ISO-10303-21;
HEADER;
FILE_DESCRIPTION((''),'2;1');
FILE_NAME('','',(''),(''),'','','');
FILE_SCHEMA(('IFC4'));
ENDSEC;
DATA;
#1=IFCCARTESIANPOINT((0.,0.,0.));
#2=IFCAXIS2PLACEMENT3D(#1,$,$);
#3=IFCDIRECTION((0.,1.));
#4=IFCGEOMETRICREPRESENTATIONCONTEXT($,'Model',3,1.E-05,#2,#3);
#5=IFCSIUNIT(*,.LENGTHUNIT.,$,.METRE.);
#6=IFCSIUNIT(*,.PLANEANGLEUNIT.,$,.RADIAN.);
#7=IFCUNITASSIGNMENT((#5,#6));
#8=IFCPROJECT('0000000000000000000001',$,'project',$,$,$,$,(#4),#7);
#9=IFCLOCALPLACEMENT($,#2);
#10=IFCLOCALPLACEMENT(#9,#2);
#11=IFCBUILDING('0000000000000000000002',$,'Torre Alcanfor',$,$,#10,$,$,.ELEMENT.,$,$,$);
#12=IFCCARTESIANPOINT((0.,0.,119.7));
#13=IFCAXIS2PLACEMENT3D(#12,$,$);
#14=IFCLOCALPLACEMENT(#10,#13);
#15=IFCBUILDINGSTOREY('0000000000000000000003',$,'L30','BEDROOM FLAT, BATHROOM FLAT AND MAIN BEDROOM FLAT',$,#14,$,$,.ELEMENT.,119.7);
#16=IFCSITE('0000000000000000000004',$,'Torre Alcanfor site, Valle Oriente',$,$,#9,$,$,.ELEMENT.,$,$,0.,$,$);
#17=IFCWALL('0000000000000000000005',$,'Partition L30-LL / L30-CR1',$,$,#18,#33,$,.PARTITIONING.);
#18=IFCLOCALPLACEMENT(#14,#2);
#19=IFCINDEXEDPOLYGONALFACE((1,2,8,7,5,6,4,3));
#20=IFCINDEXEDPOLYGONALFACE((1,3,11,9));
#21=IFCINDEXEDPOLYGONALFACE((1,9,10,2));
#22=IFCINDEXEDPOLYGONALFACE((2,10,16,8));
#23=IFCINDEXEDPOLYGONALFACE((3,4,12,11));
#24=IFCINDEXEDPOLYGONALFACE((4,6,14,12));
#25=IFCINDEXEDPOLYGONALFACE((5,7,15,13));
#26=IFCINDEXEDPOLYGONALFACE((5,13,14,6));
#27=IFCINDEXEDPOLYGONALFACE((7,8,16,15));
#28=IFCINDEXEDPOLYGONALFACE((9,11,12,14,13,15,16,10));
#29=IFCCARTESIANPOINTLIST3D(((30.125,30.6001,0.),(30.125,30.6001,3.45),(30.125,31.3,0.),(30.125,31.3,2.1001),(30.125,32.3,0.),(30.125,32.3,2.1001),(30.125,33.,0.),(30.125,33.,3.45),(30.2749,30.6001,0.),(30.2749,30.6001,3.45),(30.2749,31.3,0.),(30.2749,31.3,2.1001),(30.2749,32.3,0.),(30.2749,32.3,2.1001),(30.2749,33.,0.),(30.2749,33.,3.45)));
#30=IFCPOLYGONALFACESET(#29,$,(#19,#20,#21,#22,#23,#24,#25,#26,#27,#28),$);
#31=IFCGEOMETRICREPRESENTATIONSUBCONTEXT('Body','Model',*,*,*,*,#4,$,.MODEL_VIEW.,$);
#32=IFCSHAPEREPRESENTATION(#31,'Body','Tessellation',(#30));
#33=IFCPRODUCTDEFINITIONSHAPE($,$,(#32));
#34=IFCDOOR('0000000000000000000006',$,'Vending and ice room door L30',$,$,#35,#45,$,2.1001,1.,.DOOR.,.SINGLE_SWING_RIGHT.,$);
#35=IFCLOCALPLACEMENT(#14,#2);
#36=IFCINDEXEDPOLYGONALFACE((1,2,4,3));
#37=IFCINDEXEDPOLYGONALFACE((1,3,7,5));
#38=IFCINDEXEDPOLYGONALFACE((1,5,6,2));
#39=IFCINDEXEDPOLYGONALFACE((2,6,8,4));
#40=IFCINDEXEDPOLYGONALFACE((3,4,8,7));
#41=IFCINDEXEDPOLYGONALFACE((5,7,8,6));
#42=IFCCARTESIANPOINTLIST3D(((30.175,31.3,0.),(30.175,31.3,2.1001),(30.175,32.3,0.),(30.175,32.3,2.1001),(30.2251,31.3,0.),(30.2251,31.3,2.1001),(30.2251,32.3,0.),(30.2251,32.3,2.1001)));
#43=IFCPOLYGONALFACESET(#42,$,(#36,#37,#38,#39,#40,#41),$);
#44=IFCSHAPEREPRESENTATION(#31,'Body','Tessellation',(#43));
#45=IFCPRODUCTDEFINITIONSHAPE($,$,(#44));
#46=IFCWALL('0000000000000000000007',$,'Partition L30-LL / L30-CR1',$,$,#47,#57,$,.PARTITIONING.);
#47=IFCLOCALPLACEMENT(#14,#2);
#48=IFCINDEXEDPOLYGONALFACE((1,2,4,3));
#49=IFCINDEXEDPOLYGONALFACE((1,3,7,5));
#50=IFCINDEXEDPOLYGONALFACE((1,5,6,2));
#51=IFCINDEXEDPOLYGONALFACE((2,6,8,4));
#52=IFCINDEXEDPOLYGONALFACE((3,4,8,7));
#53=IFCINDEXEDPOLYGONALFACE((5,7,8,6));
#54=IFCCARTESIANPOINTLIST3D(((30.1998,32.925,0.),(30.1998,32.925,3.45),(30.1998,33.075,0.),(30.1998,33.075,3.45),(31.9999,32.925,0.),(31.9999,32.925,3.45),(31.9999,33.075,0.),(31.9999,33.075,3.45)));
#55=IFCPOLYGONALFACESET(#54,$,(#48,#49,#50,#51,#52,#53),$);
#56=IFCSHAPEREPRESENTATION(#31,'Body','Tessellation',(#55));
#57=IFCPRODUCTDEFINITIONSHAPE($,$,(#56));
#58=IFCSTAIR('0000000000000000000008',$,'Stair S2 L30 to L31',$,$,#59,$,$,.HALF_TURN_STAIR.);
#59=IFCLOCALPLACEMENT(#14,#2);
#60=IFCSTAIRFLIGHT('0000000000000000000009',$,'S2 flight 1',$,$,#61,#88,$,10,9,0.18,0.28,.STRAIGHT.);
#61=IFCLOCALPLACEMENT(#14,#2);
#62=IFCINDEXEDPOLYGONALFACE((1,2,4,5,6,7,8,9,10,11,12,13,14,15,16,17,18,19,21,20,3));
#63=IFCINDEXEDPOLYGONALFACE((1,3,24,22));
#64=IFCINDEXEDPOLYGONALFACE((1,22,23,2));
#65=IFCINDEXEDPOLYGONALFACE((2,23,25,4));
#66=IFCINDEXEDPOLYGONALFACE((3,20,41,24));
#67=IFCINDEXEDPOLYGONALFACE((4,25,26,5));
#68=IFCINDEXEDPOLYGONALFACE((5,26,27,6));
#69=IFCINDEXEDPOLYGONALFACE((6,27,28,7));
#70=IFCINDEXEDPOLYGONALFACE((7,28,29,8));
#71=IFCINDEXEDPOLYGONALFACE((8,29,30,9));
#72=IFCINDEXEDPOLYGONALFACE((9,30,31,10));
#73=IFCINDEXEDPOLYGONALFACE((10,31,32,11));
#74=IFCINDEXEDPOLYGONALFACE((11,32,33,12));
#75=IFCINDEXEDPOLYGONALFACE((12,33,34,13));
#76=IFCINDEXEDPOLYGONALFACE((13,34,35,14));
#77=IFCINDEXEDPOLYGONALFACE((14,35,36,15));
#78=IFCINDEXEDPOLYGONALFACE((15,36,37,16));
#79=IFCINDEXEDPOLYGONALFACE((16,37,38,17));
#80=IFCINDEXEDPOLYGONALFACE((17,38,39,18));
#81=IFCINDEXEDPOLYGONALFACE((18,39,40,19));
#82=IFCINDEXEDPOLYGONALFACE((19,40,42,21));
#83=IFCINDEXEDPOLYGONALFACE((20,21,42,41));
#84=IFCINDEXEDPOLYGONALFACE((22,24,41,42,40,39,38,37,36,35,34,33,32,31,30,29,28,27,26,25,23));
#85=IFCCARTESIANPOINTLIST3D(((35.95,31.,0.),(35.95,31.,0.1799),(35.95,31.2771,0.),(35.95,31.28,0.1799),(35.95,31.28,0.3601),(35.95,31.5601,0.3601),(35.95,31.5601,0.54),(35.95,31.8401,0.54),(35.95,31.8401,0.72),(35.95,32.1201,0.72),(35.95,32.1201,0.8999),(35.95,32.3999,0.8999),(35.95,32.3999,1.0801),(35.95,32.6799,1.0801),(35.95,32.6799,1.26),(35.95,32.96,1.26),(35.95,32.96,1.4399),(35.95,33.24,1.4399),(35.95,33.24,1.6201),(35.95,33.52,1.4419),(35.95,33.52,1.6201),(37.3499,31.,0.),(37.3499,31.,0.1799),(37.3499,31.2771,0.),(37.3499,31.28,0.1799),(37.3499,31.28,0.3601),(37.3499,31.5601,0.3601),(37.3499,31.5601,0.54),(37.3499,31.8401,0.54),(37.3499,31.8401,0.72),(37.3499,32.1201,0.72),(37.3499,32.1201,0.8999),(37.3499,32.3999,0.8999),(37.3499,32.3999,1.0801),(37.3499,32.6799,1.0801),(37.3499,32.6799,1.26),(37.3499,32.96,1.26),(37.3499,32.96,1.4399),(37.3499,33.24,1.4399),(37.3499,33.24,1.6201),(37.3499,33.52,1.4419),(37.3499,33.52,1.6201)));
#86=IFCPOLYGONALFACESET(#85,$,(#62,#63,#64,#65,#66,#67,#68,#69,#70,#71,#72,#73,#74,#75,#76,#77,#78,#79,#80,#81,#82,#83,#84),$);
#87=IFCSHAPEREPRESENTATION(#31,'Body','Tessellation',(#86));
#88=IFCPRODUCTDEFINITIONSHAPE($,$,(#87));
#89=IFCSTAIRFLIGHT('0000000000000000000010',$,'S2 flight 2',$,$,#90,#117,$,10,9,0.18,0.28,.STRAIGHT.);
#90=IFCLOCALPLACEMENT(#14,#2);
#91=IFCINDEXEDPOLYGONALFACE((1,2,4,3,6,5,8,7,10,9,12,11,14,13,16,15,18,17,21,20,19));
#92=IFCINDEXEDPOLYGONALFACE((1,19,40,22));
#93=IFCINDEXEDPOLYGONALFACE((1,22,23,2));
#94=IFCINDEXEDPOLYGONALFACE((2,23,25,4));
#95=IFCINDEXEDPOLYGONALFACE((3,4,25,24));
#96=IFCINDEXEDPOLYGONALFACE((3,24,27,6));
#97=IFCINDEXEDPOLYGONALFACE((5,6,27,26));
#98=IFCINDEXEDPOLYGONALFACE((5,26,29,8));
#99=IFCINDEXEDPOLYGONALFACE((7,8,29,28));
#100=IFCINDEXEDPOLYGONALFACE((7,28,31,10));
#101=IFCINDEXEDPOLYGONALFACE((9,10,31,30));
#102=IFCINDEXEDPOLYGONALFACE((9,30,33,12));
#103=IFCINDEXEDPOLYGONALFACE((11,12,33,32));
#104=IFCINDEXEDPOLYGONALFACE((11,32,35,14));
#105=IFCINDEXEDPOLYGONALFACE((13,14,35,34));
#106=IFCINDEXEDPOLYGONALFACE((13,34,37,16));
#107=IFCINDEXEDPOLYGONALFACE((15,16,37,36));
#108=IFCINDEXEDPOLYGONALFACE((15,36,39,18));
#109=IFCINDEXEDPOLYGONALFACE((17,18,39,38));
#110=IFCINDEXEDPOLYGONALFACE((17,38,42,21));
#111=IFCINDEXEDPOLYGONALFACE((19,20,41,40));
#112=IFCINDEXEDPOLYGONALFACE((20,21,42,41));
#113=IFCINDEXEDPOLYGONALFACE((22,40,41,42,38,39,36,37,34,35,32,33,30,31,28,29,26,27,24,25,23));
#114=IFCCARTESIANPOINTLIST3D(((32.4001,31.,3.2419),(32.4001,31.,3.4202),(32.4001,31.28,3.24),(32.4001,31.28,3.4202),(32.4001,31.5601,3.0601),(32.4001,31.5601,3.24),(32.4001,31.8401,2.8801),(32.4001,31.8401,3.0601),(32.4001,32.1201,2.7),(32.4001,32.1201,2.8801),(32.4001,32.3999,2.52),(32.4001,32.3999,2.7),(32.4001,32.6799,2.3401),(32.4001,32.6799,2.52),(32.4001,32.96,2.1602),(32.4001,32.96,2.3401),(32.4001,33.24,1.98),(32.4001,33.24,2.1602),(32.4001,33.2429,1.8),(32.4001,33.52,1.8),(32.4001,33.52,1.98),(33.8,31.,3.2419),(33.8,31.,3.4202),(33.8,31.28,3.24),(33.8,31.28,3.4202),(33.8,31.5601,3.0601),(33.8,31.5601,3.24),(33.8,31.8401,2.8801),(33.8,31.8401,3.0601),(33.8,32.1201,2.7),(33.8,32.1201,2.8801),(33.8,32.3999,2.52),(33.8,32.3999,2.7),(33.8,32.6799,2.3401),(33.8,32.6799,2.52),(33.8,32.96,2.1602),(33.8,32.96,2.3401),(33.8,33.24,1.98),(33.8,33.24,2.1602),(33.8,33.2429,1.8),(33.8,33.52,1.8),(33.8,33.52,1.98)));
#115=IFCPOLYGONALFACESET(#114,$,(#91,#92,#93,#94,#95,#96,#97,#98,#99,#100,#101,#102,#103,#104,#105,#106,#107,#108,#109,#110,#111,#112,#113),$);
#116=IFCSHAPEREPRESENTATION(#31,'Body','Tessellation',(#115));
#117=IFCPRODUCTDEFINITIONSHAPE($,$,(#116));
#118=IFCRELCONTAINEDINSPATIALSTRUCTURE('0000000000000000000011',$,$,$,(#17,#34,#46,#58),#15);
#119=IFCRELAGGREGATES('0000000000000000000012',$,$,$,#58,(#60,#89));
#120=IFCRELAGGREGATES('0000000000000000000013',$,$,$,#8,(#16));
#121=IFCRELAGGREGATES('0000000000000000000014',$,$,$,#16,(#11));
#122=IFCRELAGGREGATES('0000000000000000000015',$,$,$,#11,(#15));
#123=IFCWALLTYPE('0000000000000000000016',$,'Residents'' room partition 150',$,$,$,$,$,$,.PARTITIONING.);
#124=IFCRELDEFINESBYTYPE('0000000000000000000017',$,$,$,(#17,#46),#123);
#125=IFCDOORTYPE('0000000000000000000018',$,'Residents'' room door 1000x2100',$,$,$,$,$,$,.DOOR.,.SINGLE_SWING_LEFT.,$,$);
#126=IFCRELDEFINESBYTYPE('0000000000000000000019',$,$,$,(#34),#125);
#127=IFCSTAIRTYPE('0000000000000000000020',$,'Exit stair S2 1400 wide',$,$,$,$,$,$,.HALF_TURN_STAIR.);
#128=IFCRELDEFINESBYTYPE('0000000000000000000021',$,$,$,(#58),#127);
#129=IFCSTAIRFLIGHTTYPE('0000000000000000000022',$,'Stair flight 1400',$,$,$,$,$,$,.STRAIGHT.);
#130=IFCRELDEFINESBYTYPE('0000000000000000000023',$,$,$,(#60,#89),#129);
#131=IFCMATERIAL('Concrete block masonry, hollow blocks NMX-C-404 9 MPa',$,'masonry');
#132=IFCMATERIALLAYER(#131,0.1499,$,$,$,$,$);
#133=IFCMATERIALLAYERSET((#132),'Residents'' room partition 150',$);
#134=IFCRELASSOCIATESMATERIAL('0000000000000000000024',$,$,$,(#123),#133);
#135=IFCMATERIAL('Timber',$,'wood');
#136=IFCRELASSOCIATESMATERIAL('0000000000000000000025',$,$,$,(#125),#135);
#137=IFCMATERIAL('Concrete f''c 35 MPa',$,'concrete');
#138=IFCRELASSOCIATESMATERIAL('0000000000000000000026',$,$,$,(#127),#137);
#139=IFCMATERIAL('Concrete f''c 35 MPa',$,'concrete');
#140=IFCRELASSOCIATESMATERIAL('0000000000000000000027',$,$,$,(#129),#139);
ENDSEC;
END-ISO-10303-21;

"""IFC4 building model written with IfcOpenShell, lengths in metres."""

from ifc_helpers import new_model, si_unit, direction, frame, frame_2d, origin, place, context, subcontext, project, spatial, polyline, rectangle, outline, extrude, material, layer, layer_set, type_object, element, fill, aggregate, save


model = new_model("IFC4")

# Units and contexts
model_context = context("Model", 3, precision=1e-05, world=origin(), true_north=direction((0.0, 1.0)))
body_context = subcontext(model_context, "Body", "Model", "MODEL_VIEW")
ifc_project = project(units=[si_unit("LENGTHUNIT", "METRE"), si_unit("PLANEANGLEUNIT", "RADIAN")], contexts=[model_context])

# Site, building, storey
site_placement = place(None, origin())
site = spatial("IfcSite", under=ifc_project, at=site_placement, Name="Torre Alcanfor site, Valle Oriente", CompositionType="ELEMENT", RefElevation=0.0)
building_placement = place(site_placement, origin())
building = spatial("IfcBuilding", under=site, at=building_placement, Name="Torre Alcanfor", CompositionType="ELEMENT")
storey_placement = place(building_placement, frame((0.0, 0.0, 119.7)))
storey = spatial("IfcBuildingStorey", under=building, at=storey_placement, Name="L30", Description="BEDROOM FLAT, BATHROOM FLAT AND MAIN BEDROOM FLAT", CompositionType="ELEMENT", Elevation=119.7)

# Shared definitions
ifc_material_1 = material(Name="Concrete block masonry, hollow blocks NMX-C-404 9 MPa", Category="masonry")
ifc_layer_1 = layer(ifc_material_1, 0.1499)
ifc_layer_set_1 = layer_set([ifc_layer_1], Name="Residents' room partition 150")
wall_type_1 = type_object("IfcWallType", Name="Residents' room partition 150", PredefinedType="PARTITIONING", material=ifc_layer_set_1)

# Shared definitions
ifc_material_2 = material(Name="Timber", Category="wood")
door_type = type_object("IfcDoorType", Name="Residents' room door 1000x2100", OperationType="SINGLE_SWING_LEFT", PredefinedType="DOOR", material=ifc_material_2)

# Wall, opening, door
wall_1_placement = place(storey_placement, frame((30.2, 30.6001, 0.0), z_axis=(0.0, 0.0, 1.0), x_axis=(0.0, 1.0, 0.0)))
wall_1 = element("IfcWall", 1, at=wall_1_placement, inside=storey, type_object=wall_type_1, Name="Partition L30-LL / L30-CR1", PredefinedType="PARTITIONING", context=body_context, shape_type="SweptSolid", body=[
    extrude(rectangle(XDim=2.3999, YDim=0.1499, at=frame_2d((1.2, 0.0))), origin(), (0.0, 0.0, 1.0), 3.45),
])
opening_1_placement = place(wall_1_placement, frame((0.7, 0.0, 0.0)))
opening_1 = element("IfcOpeningElement", 2, at=opening_1_placement, cuts=wall_1, PredefinedType="OPENING", context=body_context, shape_type="SweptSolid", body=[
    extrude(rectangle(XDim=1.0, YDim=2.1001, at=frame_2d((0.5, 1.05))), frame((0.0, 0.085, 0.0), z_axis=(0.0, -1.0, 0.0), x_axis=(1.0, 0.0, 0.0)), (0.0, 0.0, 1.0), 0.1699),
])
door_1_placement = place(opening_1_placement, frame((1.0, 0.0, 0.0), z_axis=(0.0, 0.0, 1.0), x_axis=(-1.0, 0.0, 0.0)))
door_1 = element("IfcDoor", 3, at=door_1_placement, inside=storey, type_object=door_type, Name="Vending and ice room door L30", OperationType="SINGLE_SWING_RIGHT", OverallHeight=2.1001, OverallWidth=1.0, PredefinedType="DOOR", context=body_context, shape_type="SweptSolid", body=[
    extrude(rectangle(XDim=1.0, YDim=2.1001, at=frame_2d((0.5, 1.05))), frame((0.0, 0.0251, 0.0), z_axis=(0.0, -1.0, 0.0), x_axis=(1.0, 0.0, 0.0)), (0.0, 0.0, 1.0), 0.05),
])
fill(opening_1, door_1)

# Wall
wall_2_placement = place(storey_placement, frame((30.2, 33.0, 0.0), z_axis=(0.0, 0.0, 1.0), x_axis=(1.0, 0.0, 0.0)))
element("IfcWall", 4, at=wall_2_placement, inside=storey, type_object=wall_type_1, Name="Partition L30-LL / L30-CR1", PredefinedType="PARTITIONING", context=body_context, shape_type="SweptSolid", body=[
    extrude(rectangle(XDim=1.8, YDim=0.1499, at=frame_2d((0.8999, 0.0))), origin(), (0.0, 0.0, 1.0), 3.45),
])

# Stair, stair flights
ifc_material_3 = material(Name="Concrete f'c 35 MPa", Category="concrete")
stair_type = type_object("IfcStairType", Name="Exit stair S2 1400 wide", PredefinedType="HALF_TURN_STAIR", material=ifc_material_3)
stair_placement = place(storey_placement, origin())
stair = element("IfcStair", 5, at=stair_placement, inside=storey, type_object=stair_type, Name="Stair S2 L30 to L31", PredefinedType="HALF_TURN_STAIR")
ifc_material_4 = material(Name="Concrete f'c 35 MPa", Category="concrete")
stair_flight_type = type_object("IfcStairFlightType", Name="Stair flight 1400", PredefinedType="STRAIGHT", material=ifc_material_4)
stair_flight_1_placement = place(storey_placement, frame((36.6499, 31.0, 0.0), z_axis=(0.0, 0.0, 1.0), x_axis=(0.0, 1.0, 0.0)))
stair_flight_1 = element("IfcStairFlight", 6, at=stair_flight_1_placement, type_object=stair_flight_type, Name="S2 flight 1", NumberOfRisers=10, NumberOfTreads=9, PredefinedType="STRAIGHT", RiserHeight=0.18, TreadLength=0.28, context=body_context, shape_type="SweptSolid", body=[
    extrude(outline(polyline([(0.0, 0.0), (0.0, 0.1799), (0.28, 0.1799), (0.28, 0.3601), (0.5601, 0.3601), (0.5601, 0.54), (0.8401, 0.54), (0.8401, 0.72), (1.1201, 0.72), (1.1201, 0.8999), (1.3999, 0.8999), (1.3999, 1.0801), (1.6799, 1.0801), (1.6799, 1.26), (1.96, 1.26), (1.96, 1.4399), (2.24, 1.4399), (2.24, 1.6201), (2.52, 1.6201), (2.52, 1.8), (2.52, 1.4419), (0.2771, 0.0), (0.0, 0.0)])), frame((0.0, 0.7, 0.0), z_axis=(0.0, -1.0, 0.0), x_axis=(1.0, 0.0, 0.0)), (0.0, 0.0, 1.0), 1.3999),
])
stair_flight_2_placement = place(storey_placement, frame((33.1001, 33.52, 1.8), z_axis=(0.0, 0.0, 1.0), x_axis=(0.0, -1.0, 0.0)))
stair_flight_2 = element("IfcStairFlight", 7, at=stair_flight_2_placement, type_object=stair_flight_type, Name="S2 flight 2", NumberOfRisers=10, NumberOfTreads=9, PredefinedType="STRAIGHT", RiserHeight=0.18, TreadLength=0.28, context=body_context, shape_type="SweptSolid", body=[
    extrude(outline(polyline([(0.0, 0.0), (0.0, 0.1799), (0.28, 0.1799), (0.28, 0.3601), (0.5601, 0.3601), (0.5601, 0.54), (0.8401, 0.54), (0.8401, 0.72), (1.1201, 0.72), (1.1201, 0.8999), (1.3999, 0.8999), (1.3999, 1.0801), (1.6799, 1.0801), (1.6799, 1.26), (1.96, 1.26), (1.96, 1.4399), (2.24, 1.4399), (2.24, 1.6201), (2.52, 1.6201), (2.52, 1.8), (2.52, 1.4419), (0.2771, 0.0), (0.0, 0.0)])), frame((0.0, 0.7, 0.0), z_axis=(0.0, -1.0, 0.0), x_axis=(1.0, 0.0, 0.0)), (0.0, 0.0, 1.0), 1.3999),
])
aggregate(stair, [stair_flight_1, stair_flight_2])

save(model, "model.ifc")
